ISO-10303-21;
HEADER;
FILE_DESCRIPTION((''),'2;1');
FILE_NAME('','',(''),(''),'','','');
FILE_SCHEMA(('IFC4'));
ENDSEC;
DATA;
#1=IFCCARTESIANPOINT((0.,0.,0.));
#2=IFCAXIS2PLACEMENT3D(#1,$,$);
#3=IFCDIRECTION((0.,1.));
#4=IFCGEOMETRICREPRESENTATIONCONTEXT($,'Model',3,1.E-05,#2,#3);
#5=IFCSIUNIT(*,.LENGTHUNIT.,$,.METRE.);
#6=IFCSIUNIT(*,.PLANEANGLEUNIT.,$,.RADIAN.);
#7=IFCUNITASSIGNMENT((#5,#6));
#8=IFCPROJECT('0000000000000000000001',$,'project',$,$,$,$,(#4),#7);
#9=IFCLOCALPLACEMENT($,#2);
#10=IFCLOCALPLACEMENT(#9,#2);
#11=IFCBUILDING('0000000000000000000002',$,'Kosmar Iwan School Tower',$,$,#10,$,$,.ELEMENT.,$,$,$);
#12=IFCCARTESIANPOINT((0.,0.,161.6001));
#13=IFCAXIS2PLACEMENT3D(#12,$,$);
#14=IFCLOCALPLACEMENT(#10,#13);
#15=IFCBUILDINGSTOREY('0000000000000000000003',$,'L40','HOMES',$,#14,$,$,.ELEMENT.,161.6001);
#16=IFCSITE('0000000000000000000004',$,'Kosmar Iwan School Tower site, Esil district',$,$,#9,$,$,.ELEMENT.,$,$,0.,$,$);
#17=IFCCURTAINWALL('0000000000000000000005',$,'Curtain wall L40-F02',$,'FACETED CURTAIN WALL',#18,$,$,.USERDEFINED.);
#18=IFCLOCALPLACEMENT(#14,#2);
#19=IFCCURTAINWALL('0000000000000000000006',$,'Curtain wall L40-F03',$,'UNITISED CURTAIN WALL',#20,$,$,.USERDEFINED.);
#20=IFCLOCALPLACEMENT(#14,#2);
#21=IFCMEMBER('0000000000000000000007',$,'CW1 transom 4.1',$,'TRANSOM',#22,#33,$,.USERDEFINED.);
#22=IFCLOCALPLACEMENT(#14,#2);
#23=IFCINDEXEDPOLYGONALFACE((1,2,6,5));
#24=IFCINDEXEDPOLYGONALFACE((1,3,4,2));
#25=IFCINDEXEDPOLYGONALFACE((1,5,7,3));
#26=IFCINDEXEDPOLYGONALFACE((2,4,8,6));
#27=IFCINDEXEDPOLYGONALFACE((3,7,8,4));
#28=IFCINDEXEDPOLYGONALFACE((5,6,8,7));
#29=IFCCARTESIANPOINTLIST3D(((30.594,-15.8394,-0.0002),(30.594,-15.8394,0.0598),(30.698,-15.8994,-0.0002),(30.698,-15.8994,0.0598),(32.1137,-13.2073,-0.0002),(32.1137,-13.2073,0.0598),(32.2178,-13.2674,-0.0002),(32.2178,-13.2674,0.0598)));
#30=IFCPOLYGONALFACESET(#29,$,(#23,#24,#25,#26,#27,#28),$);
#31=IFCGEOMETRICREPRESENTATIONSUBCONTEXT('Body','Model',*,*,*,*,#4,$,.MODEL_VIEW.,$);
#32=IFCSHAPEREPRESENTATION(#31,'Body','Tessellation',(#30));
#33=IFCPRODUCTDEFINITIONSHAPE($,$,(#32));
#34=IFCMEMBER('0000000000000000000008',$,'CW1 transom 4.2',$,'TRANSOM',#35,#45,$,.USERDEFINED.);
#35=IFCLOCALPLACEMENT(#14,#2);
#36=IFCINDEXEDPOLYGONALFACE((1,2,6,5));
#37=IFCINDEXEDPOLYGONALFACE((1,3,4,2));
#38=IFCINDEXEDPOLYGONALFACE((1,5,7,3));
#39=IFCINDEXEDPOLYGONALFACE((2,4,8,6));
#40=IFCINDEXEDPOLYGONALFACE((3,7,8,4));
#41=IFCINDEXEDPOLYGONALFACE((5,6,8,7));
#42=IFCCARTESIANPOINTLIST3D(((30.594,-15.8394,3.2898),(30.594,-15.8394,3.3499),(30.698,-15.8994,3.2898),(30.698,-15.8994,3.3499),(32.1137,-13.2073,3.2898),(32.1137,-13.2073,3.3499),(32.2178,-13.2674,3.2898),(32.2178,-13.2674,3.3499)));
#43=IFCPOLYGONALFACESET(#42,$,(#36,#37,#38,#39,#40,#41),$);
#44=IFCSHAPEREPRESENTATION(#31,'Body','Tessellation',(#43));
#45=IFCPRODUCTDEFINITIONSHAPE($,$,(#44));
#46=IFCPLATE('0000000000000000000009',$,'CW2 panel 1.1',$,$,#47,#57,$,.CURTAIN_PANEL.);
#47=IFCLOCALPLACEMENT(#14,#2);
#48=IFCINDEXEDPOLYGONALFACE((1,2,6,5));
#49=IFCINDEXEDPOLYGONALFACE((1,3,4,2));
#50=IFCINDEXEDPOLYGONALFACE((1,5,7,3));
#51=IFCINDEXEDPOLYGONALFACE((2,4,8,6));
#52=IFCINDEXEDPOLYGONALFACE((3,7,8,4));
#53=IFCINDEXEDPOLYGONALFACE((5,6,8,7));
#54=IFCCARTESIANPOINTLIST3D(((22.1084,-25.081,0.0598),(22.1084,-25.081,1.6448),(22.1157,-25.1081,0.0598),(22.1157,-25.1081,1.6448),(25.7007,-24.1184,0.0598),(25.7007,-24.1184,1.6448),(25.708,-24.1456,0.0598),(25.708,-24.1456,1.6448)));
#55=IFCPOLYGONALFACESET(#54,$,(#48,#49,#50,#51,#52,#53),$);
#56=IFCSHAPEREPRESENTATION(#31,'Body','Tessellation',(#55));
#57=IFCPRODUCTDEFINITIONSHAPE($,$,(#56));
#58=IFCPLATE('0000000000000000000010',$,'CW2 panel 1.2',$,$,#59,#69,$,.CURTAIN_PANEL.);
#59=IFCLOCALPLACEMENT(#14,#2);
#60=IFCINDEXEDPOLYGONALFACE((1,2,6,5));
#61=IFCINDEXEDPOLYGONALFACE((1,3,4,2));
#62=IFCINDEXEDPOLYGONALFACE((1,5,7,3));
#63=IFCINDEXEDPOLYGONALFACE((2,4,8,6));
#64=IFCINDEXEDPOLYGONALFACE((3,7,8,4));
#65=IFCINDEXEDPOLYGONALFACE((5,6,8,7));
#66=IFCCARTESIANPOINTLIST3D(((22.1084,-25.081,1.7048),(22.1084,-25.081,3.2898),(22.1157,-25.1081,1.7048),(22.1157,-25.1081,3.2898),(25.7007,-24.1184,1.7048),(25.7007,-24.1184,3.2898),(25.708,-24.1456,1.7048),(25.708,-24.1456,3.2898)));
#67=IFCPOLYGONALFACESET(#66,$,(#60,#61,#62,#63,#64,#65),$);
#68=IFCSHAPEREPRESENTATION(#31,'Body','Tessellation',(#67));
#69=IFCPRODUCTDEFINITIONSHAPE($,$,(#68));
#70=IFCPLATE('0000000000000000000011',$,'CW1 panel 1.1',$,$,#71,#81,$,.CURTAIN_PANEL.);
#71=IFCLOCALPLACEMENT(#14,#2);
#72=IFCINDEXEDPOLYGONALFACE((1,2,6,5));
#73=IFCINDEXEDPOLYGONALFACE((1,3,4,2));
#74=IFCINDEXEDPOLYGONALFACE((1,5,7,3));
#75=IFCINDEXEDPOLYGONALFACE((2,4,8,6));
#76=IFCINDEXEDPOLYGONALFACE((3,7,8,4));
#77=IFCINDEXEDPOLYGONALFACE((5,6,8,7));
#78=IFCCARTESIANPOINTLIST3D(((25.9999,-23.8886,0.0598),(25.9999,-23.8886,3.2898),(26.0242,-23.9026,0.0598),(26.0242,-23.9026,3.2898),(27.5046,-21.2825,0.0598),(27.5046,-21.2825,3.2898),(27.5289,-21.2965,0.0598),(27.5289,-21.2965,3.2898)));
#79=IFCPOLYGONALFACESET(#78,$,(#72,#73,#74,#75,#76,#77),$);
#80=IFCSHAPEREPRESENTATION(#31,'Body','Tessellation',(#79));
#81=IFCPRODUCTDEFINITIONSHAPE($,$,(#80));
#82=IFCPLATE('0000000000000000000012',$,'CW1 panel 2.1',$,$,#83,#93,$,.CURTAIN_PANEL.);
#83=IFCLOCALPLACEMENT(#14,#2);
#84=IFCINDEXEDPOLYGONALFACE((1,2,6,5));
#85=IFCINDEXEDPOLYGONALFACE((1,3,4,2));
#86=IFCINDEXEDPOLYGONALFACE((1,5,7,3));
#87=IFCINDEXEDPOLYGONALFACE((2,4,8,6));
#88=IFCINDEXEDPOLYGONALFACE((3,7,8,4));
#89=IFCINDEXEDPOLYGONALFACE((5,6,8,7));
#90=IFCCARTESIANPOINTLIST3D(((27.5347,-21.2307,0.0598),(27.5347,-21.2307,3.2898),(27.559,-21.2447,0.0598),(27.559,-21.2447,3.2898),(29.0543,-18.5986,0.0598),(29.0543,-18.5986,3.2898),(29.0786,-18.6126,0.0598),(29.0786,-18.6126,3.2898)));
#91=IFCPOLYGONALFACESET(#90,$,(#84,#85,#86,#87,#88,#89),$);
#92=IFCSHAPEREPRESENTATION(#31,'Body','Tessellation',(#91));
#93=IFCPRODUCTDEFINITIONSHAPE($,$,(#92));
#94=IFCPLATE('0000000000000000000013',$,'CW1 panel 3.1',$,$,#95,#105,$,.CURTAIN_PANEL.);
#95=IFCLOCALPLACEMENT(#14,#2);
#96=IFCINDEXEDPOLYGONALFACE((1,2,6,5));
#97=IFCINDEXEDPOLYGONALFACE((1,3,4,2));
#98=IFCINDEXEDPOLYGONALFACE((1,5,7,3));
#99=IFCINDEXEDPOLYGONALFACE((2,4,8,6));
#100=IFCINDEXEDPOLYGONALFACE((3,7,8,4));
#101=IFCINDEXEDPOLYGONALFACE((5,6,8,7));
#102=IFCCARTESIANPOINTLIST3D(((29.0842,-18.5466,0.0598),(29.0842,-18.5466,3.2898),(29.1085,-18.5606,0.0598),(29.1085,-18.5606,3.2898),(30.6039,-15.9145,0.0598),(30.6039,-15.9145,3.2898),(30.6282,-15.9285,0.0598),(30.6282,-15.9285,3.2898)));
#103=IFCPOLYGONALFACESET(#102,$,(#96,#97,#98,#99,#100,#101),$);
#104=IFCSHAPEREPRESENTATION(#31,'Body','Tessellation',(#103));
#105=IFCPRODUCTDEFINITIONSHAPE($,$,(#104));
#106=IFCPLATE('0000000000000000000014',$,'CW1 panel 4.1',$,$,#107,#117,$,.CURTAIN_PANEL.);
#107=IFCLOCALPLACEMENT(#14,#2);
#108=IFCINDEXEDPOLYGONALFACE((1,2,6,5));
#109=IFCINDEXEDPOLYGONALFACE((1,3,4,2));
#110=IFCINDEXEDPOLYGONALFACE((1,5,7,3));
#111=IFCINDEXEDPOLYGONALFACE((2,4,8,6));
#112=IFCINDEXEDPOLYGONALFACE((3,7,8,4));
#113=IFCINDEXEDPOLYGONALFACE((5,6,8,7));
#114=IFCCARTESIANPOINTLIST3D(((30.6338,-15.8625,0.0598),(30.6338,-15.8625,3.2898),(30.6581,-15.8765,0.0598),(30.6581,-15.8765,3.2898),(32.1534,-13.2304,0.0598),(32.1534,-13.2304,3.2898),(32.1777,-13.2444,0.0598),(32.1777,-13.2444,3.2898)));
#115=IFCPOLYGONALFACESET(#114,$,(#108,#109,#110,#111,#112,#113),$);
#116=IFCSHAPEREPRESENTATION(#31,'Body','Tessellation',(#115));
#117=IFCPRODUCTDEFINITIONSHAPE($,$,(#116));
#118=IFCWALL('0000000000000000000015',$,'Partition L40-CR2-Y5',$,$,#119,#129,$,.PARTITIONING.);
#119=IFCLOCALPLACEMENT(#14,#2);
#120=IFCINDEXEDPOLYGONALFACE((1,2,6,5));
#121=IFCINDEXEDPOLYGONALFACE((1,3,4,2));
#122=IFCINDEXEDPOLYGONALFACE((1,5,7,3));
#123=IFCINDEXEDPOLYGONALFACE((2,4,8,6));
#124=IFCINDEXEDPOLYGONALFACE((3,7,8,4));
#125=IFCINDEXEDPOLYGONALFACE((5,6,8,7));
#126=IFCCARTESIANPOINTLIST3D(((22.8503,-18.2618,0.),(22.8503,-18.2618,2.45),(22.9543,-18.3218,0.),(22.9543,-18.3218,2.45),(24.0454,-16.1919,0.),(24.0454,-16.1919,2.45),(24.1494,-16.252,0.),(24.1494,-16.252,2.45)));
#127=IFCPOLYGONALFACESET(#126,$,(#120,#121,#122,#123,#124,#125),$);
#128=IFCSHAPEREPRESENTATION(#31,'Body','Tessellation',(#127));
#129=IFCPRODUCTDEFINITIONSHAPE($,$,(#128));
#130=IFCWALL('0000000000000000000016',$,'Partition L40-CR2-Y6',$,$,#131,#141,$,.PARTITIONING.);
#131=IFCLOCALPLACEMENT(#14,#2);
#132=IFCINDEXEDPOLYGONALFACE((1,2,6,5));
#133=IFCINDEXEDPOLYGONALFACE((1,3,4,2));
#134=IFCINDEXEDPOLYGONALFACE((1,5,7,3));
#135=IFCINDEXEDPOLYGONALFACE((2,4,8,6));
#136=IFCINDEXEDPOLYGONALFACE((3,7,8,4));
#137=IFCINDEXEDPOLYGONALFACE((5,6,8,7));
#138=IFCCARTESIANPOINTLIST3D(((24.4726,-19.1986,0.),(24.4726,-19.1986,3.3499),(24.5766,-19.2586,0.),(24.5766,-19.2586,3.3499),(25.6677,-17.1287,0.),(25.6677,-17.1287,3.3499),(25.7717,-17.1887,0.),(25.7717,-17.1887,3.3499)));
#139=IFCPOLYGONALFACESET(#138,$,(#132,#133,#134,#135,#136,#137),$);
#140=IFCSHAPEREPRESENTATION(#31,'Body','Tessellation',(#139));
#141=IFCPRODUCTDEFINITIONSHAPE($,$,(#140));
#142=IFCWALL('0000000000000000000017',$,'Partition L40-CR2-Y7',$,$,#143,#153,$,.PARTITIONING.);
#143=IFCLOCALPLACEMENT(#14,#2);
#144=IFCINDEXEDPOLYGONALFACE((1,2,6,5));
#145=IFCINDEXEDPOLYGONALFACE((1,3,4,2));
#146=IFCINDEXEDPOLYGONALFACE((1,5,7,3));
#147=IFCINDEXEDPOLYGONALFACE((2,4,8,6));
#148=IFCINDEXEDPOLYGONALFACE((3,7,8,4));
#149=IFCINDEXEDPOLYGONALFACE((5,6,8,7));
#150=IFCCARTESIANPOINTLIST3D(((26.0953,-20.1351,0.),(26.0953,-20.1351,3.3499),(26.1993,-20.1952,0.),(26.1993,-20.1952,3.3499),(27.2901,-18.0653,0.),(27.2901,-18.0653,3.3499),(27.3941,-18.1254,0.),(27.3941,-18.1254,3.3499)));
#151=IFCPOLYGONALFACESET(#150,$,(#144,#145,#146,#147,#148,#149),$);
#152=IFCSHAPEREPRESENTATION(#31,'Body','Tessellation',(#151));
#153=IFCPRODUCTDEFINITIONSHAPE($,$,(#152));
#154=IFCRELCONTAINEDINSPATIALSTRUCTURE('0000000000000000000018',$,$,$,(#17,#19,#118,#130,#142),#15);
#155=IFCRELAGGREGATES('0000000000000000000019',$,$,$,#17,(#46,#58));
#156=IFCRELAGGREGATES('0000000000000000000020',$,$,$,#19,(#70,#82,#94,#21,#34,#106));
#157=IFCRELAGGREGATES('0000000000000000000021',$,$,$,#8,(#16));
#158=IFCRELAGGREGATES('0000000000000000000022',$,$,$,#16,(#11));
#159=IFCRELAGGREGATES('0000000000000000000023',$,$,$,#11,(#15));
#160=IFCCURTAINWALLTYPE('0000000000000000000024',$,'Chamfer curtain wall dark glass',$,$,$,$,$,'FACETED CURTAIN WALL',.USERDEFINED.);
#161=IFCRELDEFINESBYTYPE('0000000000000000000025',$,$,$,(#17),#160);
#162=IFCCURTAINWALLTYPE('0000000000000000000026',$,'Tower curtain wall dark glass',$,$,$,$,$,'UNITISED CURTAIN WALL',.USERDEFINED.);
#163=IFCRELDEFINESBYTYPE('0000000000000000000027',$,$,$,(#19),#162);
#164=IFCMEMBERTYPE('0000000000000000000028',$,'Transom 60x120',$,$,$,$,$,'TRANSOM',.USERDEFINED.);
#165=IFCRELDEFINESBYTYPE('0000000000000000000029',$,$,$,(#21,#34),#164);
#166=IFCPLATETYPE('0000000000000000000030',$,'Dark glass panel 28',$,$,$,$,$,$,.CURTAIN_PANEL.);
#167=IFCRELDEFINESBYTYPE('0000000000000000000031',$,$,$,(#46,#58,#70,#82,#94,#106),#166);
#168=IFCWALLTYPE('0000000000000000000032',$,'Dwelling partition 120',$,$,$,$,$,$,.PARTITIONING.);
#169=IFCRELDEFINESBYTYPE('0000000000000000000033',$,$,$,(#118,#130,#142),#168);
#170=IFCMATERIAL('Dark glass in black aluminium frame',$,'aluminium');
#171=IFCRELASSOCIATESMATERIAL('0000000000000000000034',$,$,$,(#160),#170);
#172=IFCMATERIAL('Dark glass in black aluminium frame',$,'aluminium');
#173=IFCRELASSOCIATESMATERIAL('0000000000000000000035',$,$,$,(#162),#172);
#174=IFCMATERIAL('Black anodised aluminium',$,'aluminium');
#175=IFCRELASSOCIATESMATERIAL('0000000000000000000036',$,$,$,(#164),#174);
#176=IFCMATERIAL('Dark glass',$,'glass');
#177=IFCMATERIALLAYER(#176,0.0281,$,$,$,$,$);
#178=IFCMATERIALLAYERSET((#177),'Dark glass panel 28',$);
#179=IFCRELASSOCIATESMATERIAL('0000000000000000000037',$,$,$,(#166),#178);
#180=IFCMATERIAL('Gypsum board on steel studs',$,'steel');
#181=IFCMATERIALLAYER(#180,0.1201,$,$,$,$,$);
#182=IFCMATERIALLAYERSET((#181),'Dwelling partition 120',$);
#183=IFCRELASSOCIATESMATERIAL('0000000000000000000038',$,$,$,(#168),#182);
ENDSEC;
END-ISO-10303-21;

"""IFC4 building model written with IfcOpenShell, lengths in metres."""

from ifc_helpers import new_model, si_unit, direction, frame, frame_2d, origin, origin_2d, place, context, subcontext, project, spatial, rectangle, extrude, material, layer, layer_set, material_profile, profile_set, type_object, element, aggregate, save


model = new_model("IFC4")

# Units and contexts
model_context = context("Model", 3, precision=1e-05, world=origin(), true_north=direction((0.0, 1.0)))
body_context = subcontext(model_context, "Body", "Model", "MODEL_VIEW")
ifc_project = project(units=[si_unit("LENGTHUNIT", "METRE"), si_unit("PLANEANGLEUNIT", "RADIAN")], contexts=[model_context])

# Site, building, storey
site_placement = place(None, origin())
site = spatial("IfcSite", under=ifc_project, at=site_placement, Name="Kosmar Iwan School Tower site, Esil district", CompositionType="ELEMENT", RefElevation=0.0)
building_placement = place(site_placement, origin())
building = spatial("IfcBuilding", under=site, at=building_placement, Name="Kosmar Iwan School Tower", CompositionType="ELEMENT")
storey_placement = place(building_placement, frame((0.0, 0.0, 161.6001)))
storey = spatial("IfcBuildingStorey", under=building, at=storey_placement, Name="L40", Description="HOMES", CompositionType="ELEMENT", Elevation=161.6001)

# Curtain wall
ifc_material_1 = material(Name="Dark glass in black aluminium frame", Category="aluminium")
curtain_wall_type_1 = type_object("IfcCurtainWallType", Name="Chamfer curtain wall dark glass", ElementType="FACETED CURTAIN WALL", PredefinedType="USERDEFINED", material=ifc_material_1)
curtain_wall_1_placement = place(storey_placement, origin())
curtain_wall_1 = element("IfcCurtainWall", 1, at=curtain_wall_1_placement, inside=storey, type_object=curtain_wall_type_1, Name="Curtain wall L40-F02", ObjectType="FACETED CURTAIN WALL", PredefinedType="USERDEFINED")

# Curtain wall
ifc_material_2 = material(Name="Dark glass in black aluminium frame", Category="aluminium")
curtain_wall_type_2 = type_object("IfcCurtainWallType", Name="Tower curtain wall dark glass", ElementType="UNITISED CURTAIN WALL", PredefinedType="USERDEFINED", material=ifc_material_2)
curtain_wall_2_placement = place(storey_placement, origin())
curtain_wall_2 = element("IfcCurtainWall", 2, at=curtain_wall_2_placement, inside=storey, type_object=curtain_wall_type_2, Name="Curtain wall L40-F03", ObjectType="UNITISED CURTAIN WALL", PredefinedType="USERDEFINED")

# Members
ifc_material_3 = material(Name="Black anodised aluminium", Category="aluminium")
ifc_material_profile_1 = material_profile(ifc_material_3, rectangle(XDim=0.1201, YDim=0.0601, at=origin_2d()), Name="TRANSOM 60x120")
ifc_profile_set_1 = profile_set([ifc_material_profile_1], Name="Black anodised aluminium")
member_type_1 = type_object("IfcMemberType", Name="Transom 60x120", ElementType="TRANSOM", PredefinedType="USERDEFINED", material=ifc_profile_set_1)
member_1_placement = place(storey_placement, frame((30.646, -15.8694, 0.0298), z_axis=(0.500035, 0.866005, 0.0), x_axis=(-0.866005, 0.500035, 0.0)))
member_1 = element("IfcMember", 3, at=member_1_placement, type_object=member_type_1, Name="CW1 transom 4.1", ObjectType="TRANSOM", PredefinedType="USERDEFINED", context=body_context, shape_type="SweptSolid", body=[
    extrude(rectangle(XDim=0.1201, YDim=0.0601, at=origin_2d()), origin(), (0.0, 0.0, 1.0), 3.0393),
])
member_2_placement = place(storey_placement, frame((30.646, -15.8694, 3.3198), z_axis=(0.500035, 0.866005, 0.0), x_axis=(-0.866005, 0.500035, 0.0)))
member_2 = element("IfcMember", 4, at=member_2_placement, type_object=member_type_1, Name="CW1 transom 4.2", ObjectType="TRANSOM", PredefinedType="USERDEFINED", context=body_context, shape_type="SweptSolid", body=[
    extrude(rectangle(XDim=0.1201, YDim=0.0601, at=origin_2d()), origin(), (0.0, 0.0, 1.0), 3.0393),
])

# Plates
ifc_material_4 = material(Name="Dark glass", Category="glass")
ifc_layer_1 = layer(ifc_material_4, 0.0281)
ifc_layer_set_1 = layer_set([ifc_layer_1], Name="Dark glass panel 28")
plate_type = type_object("IfcPlateType", Name="Dark glass panel 28", PredefinedType="CURTAIN_PANEL", material=ifc_layer_set_1)
plate_1_placement = place(storey_placement, frame((23.9082, -24.6133, 0.0598), z_axis=(0.0, 0.0, 1.0), x_axis=(0.965926, 0.258819, 0.0)))
plate_1 = element("IfcPlate", 5, at=plate_1_placement, type_object=plate_type, Name="CW2 panel 1.1", PredefinedType="CURTAIN_PANEL", context=body_context, shape_type="SweptSolid", body=[
    extrude(rectangle(XDim=3.719, YDim=0.0281, at=origin_2d()), origin(), (0.0, 0.0, 1.0), 1.585),
])
plate_2_placement = place(storey_placement, frame((23.9082, -24.6133, 1.7048), z_axis=(0.0, 0.0, 1.0), x_axis=(0.965926, 0.258819, 0.0)))
plate_2 = element("IfcPlate", 6, at=plate_2_placement, type_object=plate_type, Name="CW2 panel 1.2", PredefinedType="CURTAIN_PANEL", context=body_context, shape_type="SweptSolid", body=[
    extrude(rectangle(XDim=3.719, YDim=0.0281, at=origin_2d()), origin(), (0.0, 0.0, 1.0), 1.585),
])
aggregate(curtain_wall_1, [plate_1, plate_2])
plate_3_placement = place(storey_placement, frame((26.7644, -22.5925, 0.0598), z_axis=(0.0, 0.0, 1.0), x_axis=(0.5, 0.866025, 0.0)))
plate_3 = element("IfcPlate", 7, at=plate_3_placement, type_object=plate_type, Name="CW1 panel 1.1", PredefinedType="CURTAIN_PANEL", context=body_context, shape_type="SweptSolid", body=[
    extrude(rectangle(XDim=3.0093, YDim=0.0281, at=origin_2d()), origin(), (0.0, 0.0, 1.0), 3.23),
])
plate_4_placement = place(storey_placement, frame((28.3066, -19.9216, 0.0598), z_axis=(0.0, 0.0, 1.0), x_axis=(0.5, 0.866025, 0.0)))
plate_4 = element("IfcPlate", 8, at=plate_4_placement, type_object=plate_type, Name="CW1 panel 2.1", PredefinedType="CURTAIN_PANEL", context=body_context, shape_type="SweptSolid", body=[
    extrude(rectangle(XDim=3.0393, YDim=0.0281, at=origin_2d()), origin(), (0.0, 0.0, 1.0), 3.23),
])
plate_5_placement = place(storey_placement, frame((29.8562, -17.2375, 0.0598), z_axis=(0.0, 0.0, 1.0), x_axis=(0.5, 0.866025, 0.0)))
plate_5 = element("IfcPlate", 9, at=plate_5_placement, type_object=plate_type, Name="CW1 panel 3.1", PredefinedType="CURTAIN_PANEL", context=body_context, shape_type="SweptSolid", body=[
    extrude(rectangle(XDim=3.0393, YDim=0.0281, at=origin_2d()), origin(), (0.0, 0.0, 1.0), 3.23),
])
plate_6_placement = place(storey_placement, frame((31.4058, -14.5535, 0.0598), z_axis=(0.0, 0.0, 1.0), x_axis=(0.5, 0.866025, 0.0)))
plate_6 = element("IfcPlate", 10, at=plate_6_placement, type_object=plate_type, Name="CW1 panel 4.1", PredefinedType="CURTAIN_PANEL", context=body_context, shape_type="SweptSolid", body=[
    extrude(rectangle(XDim=3.0393, YDim=0.0281, at=origin_2d()), origin(), (0.0, 0.0, 1.0), 3.23),
])
aggregate(curtain_wall_2, [plate_3, plate_4, plate_5, member_1, member_2, plate_6])

# Walls
ifc_material_5 = material(Name="Gypsum board on steel studs", Category="steel")
ifc_layer_2 = layer(ifc_material_5, 0.1201)
ifc_layer_set_2 = layer_set([ifc_layer_2], Name="Dwelling partition 120")
wall_type = type_object("IfcWallType", Name="Dwelling partition 120", PredefinedType="PARTITIONING", material=ifc_layer_set_2)
wall_1_placement = place(storey_placement, frame((24.0974, -16.2219, 0.0), z_axis=(0.0, 0.0, 1.0), x_axis=(-0.500017, -0.866015, 0.0)))
element("IfcWall", 11, at=wall_1_placement, inside=storey, type_object=wall_type, Name="Partition L40-CR2-Y5", PredefinedType="PARTITIONING", context=body_context, shape_type="SweptSolid", body=[
    extrude(rectangle(XDim=2.3901, YDim=0.1201, at=frame_2d((1.1951, 0.0))), origin(), (0.0, 0.0, 1.0), 2.45),
])
wall_2_placement = place(storey_placement, frame((25.7197, -17.1587, 0.0), z_axis=(0.0, 0.0, 1.0), x_axis=(-0.500017, -0.866015, 0.0)))
element("IfcWall", 12, at=wall_2_placement, inside=storey, type_object=wall_type, Name="Partition L40-CR2-Y6", PredefinedType="PARTITIONING", context=body_context, shape_type="SweptSolid", body=[
    extrude(rectangle(XDim=2.3901, YDim=0.1201, at=frame_2d((1.1951, 0.0))), origin(), (0.0, 0.0, 1.0), 3.3499),
])
wall_3_placement = place(storey_placement, frame((27.342, -18.0955, 0.0), z_axis=(0.0, 0.0, 1.0), x_axis=(-0.499941, -0.86606, 0.0)))
element("IfcWall", 13, at=wall_3_placement, inside=storey, type_object=wall_type, Name="Partition L40-CR2-Y7", PredefinedType="PARTITIONING", context=body_context, shape_type="SweptSolid", body=[
    extrude(rectangle(XDim=2.3899, YDim=0.1201, at=frame_2d((1.1948, 0.0))), origin(), (0.0, 0.0, 1.0), 3.3499),
])

save(model, "model.ifc")
